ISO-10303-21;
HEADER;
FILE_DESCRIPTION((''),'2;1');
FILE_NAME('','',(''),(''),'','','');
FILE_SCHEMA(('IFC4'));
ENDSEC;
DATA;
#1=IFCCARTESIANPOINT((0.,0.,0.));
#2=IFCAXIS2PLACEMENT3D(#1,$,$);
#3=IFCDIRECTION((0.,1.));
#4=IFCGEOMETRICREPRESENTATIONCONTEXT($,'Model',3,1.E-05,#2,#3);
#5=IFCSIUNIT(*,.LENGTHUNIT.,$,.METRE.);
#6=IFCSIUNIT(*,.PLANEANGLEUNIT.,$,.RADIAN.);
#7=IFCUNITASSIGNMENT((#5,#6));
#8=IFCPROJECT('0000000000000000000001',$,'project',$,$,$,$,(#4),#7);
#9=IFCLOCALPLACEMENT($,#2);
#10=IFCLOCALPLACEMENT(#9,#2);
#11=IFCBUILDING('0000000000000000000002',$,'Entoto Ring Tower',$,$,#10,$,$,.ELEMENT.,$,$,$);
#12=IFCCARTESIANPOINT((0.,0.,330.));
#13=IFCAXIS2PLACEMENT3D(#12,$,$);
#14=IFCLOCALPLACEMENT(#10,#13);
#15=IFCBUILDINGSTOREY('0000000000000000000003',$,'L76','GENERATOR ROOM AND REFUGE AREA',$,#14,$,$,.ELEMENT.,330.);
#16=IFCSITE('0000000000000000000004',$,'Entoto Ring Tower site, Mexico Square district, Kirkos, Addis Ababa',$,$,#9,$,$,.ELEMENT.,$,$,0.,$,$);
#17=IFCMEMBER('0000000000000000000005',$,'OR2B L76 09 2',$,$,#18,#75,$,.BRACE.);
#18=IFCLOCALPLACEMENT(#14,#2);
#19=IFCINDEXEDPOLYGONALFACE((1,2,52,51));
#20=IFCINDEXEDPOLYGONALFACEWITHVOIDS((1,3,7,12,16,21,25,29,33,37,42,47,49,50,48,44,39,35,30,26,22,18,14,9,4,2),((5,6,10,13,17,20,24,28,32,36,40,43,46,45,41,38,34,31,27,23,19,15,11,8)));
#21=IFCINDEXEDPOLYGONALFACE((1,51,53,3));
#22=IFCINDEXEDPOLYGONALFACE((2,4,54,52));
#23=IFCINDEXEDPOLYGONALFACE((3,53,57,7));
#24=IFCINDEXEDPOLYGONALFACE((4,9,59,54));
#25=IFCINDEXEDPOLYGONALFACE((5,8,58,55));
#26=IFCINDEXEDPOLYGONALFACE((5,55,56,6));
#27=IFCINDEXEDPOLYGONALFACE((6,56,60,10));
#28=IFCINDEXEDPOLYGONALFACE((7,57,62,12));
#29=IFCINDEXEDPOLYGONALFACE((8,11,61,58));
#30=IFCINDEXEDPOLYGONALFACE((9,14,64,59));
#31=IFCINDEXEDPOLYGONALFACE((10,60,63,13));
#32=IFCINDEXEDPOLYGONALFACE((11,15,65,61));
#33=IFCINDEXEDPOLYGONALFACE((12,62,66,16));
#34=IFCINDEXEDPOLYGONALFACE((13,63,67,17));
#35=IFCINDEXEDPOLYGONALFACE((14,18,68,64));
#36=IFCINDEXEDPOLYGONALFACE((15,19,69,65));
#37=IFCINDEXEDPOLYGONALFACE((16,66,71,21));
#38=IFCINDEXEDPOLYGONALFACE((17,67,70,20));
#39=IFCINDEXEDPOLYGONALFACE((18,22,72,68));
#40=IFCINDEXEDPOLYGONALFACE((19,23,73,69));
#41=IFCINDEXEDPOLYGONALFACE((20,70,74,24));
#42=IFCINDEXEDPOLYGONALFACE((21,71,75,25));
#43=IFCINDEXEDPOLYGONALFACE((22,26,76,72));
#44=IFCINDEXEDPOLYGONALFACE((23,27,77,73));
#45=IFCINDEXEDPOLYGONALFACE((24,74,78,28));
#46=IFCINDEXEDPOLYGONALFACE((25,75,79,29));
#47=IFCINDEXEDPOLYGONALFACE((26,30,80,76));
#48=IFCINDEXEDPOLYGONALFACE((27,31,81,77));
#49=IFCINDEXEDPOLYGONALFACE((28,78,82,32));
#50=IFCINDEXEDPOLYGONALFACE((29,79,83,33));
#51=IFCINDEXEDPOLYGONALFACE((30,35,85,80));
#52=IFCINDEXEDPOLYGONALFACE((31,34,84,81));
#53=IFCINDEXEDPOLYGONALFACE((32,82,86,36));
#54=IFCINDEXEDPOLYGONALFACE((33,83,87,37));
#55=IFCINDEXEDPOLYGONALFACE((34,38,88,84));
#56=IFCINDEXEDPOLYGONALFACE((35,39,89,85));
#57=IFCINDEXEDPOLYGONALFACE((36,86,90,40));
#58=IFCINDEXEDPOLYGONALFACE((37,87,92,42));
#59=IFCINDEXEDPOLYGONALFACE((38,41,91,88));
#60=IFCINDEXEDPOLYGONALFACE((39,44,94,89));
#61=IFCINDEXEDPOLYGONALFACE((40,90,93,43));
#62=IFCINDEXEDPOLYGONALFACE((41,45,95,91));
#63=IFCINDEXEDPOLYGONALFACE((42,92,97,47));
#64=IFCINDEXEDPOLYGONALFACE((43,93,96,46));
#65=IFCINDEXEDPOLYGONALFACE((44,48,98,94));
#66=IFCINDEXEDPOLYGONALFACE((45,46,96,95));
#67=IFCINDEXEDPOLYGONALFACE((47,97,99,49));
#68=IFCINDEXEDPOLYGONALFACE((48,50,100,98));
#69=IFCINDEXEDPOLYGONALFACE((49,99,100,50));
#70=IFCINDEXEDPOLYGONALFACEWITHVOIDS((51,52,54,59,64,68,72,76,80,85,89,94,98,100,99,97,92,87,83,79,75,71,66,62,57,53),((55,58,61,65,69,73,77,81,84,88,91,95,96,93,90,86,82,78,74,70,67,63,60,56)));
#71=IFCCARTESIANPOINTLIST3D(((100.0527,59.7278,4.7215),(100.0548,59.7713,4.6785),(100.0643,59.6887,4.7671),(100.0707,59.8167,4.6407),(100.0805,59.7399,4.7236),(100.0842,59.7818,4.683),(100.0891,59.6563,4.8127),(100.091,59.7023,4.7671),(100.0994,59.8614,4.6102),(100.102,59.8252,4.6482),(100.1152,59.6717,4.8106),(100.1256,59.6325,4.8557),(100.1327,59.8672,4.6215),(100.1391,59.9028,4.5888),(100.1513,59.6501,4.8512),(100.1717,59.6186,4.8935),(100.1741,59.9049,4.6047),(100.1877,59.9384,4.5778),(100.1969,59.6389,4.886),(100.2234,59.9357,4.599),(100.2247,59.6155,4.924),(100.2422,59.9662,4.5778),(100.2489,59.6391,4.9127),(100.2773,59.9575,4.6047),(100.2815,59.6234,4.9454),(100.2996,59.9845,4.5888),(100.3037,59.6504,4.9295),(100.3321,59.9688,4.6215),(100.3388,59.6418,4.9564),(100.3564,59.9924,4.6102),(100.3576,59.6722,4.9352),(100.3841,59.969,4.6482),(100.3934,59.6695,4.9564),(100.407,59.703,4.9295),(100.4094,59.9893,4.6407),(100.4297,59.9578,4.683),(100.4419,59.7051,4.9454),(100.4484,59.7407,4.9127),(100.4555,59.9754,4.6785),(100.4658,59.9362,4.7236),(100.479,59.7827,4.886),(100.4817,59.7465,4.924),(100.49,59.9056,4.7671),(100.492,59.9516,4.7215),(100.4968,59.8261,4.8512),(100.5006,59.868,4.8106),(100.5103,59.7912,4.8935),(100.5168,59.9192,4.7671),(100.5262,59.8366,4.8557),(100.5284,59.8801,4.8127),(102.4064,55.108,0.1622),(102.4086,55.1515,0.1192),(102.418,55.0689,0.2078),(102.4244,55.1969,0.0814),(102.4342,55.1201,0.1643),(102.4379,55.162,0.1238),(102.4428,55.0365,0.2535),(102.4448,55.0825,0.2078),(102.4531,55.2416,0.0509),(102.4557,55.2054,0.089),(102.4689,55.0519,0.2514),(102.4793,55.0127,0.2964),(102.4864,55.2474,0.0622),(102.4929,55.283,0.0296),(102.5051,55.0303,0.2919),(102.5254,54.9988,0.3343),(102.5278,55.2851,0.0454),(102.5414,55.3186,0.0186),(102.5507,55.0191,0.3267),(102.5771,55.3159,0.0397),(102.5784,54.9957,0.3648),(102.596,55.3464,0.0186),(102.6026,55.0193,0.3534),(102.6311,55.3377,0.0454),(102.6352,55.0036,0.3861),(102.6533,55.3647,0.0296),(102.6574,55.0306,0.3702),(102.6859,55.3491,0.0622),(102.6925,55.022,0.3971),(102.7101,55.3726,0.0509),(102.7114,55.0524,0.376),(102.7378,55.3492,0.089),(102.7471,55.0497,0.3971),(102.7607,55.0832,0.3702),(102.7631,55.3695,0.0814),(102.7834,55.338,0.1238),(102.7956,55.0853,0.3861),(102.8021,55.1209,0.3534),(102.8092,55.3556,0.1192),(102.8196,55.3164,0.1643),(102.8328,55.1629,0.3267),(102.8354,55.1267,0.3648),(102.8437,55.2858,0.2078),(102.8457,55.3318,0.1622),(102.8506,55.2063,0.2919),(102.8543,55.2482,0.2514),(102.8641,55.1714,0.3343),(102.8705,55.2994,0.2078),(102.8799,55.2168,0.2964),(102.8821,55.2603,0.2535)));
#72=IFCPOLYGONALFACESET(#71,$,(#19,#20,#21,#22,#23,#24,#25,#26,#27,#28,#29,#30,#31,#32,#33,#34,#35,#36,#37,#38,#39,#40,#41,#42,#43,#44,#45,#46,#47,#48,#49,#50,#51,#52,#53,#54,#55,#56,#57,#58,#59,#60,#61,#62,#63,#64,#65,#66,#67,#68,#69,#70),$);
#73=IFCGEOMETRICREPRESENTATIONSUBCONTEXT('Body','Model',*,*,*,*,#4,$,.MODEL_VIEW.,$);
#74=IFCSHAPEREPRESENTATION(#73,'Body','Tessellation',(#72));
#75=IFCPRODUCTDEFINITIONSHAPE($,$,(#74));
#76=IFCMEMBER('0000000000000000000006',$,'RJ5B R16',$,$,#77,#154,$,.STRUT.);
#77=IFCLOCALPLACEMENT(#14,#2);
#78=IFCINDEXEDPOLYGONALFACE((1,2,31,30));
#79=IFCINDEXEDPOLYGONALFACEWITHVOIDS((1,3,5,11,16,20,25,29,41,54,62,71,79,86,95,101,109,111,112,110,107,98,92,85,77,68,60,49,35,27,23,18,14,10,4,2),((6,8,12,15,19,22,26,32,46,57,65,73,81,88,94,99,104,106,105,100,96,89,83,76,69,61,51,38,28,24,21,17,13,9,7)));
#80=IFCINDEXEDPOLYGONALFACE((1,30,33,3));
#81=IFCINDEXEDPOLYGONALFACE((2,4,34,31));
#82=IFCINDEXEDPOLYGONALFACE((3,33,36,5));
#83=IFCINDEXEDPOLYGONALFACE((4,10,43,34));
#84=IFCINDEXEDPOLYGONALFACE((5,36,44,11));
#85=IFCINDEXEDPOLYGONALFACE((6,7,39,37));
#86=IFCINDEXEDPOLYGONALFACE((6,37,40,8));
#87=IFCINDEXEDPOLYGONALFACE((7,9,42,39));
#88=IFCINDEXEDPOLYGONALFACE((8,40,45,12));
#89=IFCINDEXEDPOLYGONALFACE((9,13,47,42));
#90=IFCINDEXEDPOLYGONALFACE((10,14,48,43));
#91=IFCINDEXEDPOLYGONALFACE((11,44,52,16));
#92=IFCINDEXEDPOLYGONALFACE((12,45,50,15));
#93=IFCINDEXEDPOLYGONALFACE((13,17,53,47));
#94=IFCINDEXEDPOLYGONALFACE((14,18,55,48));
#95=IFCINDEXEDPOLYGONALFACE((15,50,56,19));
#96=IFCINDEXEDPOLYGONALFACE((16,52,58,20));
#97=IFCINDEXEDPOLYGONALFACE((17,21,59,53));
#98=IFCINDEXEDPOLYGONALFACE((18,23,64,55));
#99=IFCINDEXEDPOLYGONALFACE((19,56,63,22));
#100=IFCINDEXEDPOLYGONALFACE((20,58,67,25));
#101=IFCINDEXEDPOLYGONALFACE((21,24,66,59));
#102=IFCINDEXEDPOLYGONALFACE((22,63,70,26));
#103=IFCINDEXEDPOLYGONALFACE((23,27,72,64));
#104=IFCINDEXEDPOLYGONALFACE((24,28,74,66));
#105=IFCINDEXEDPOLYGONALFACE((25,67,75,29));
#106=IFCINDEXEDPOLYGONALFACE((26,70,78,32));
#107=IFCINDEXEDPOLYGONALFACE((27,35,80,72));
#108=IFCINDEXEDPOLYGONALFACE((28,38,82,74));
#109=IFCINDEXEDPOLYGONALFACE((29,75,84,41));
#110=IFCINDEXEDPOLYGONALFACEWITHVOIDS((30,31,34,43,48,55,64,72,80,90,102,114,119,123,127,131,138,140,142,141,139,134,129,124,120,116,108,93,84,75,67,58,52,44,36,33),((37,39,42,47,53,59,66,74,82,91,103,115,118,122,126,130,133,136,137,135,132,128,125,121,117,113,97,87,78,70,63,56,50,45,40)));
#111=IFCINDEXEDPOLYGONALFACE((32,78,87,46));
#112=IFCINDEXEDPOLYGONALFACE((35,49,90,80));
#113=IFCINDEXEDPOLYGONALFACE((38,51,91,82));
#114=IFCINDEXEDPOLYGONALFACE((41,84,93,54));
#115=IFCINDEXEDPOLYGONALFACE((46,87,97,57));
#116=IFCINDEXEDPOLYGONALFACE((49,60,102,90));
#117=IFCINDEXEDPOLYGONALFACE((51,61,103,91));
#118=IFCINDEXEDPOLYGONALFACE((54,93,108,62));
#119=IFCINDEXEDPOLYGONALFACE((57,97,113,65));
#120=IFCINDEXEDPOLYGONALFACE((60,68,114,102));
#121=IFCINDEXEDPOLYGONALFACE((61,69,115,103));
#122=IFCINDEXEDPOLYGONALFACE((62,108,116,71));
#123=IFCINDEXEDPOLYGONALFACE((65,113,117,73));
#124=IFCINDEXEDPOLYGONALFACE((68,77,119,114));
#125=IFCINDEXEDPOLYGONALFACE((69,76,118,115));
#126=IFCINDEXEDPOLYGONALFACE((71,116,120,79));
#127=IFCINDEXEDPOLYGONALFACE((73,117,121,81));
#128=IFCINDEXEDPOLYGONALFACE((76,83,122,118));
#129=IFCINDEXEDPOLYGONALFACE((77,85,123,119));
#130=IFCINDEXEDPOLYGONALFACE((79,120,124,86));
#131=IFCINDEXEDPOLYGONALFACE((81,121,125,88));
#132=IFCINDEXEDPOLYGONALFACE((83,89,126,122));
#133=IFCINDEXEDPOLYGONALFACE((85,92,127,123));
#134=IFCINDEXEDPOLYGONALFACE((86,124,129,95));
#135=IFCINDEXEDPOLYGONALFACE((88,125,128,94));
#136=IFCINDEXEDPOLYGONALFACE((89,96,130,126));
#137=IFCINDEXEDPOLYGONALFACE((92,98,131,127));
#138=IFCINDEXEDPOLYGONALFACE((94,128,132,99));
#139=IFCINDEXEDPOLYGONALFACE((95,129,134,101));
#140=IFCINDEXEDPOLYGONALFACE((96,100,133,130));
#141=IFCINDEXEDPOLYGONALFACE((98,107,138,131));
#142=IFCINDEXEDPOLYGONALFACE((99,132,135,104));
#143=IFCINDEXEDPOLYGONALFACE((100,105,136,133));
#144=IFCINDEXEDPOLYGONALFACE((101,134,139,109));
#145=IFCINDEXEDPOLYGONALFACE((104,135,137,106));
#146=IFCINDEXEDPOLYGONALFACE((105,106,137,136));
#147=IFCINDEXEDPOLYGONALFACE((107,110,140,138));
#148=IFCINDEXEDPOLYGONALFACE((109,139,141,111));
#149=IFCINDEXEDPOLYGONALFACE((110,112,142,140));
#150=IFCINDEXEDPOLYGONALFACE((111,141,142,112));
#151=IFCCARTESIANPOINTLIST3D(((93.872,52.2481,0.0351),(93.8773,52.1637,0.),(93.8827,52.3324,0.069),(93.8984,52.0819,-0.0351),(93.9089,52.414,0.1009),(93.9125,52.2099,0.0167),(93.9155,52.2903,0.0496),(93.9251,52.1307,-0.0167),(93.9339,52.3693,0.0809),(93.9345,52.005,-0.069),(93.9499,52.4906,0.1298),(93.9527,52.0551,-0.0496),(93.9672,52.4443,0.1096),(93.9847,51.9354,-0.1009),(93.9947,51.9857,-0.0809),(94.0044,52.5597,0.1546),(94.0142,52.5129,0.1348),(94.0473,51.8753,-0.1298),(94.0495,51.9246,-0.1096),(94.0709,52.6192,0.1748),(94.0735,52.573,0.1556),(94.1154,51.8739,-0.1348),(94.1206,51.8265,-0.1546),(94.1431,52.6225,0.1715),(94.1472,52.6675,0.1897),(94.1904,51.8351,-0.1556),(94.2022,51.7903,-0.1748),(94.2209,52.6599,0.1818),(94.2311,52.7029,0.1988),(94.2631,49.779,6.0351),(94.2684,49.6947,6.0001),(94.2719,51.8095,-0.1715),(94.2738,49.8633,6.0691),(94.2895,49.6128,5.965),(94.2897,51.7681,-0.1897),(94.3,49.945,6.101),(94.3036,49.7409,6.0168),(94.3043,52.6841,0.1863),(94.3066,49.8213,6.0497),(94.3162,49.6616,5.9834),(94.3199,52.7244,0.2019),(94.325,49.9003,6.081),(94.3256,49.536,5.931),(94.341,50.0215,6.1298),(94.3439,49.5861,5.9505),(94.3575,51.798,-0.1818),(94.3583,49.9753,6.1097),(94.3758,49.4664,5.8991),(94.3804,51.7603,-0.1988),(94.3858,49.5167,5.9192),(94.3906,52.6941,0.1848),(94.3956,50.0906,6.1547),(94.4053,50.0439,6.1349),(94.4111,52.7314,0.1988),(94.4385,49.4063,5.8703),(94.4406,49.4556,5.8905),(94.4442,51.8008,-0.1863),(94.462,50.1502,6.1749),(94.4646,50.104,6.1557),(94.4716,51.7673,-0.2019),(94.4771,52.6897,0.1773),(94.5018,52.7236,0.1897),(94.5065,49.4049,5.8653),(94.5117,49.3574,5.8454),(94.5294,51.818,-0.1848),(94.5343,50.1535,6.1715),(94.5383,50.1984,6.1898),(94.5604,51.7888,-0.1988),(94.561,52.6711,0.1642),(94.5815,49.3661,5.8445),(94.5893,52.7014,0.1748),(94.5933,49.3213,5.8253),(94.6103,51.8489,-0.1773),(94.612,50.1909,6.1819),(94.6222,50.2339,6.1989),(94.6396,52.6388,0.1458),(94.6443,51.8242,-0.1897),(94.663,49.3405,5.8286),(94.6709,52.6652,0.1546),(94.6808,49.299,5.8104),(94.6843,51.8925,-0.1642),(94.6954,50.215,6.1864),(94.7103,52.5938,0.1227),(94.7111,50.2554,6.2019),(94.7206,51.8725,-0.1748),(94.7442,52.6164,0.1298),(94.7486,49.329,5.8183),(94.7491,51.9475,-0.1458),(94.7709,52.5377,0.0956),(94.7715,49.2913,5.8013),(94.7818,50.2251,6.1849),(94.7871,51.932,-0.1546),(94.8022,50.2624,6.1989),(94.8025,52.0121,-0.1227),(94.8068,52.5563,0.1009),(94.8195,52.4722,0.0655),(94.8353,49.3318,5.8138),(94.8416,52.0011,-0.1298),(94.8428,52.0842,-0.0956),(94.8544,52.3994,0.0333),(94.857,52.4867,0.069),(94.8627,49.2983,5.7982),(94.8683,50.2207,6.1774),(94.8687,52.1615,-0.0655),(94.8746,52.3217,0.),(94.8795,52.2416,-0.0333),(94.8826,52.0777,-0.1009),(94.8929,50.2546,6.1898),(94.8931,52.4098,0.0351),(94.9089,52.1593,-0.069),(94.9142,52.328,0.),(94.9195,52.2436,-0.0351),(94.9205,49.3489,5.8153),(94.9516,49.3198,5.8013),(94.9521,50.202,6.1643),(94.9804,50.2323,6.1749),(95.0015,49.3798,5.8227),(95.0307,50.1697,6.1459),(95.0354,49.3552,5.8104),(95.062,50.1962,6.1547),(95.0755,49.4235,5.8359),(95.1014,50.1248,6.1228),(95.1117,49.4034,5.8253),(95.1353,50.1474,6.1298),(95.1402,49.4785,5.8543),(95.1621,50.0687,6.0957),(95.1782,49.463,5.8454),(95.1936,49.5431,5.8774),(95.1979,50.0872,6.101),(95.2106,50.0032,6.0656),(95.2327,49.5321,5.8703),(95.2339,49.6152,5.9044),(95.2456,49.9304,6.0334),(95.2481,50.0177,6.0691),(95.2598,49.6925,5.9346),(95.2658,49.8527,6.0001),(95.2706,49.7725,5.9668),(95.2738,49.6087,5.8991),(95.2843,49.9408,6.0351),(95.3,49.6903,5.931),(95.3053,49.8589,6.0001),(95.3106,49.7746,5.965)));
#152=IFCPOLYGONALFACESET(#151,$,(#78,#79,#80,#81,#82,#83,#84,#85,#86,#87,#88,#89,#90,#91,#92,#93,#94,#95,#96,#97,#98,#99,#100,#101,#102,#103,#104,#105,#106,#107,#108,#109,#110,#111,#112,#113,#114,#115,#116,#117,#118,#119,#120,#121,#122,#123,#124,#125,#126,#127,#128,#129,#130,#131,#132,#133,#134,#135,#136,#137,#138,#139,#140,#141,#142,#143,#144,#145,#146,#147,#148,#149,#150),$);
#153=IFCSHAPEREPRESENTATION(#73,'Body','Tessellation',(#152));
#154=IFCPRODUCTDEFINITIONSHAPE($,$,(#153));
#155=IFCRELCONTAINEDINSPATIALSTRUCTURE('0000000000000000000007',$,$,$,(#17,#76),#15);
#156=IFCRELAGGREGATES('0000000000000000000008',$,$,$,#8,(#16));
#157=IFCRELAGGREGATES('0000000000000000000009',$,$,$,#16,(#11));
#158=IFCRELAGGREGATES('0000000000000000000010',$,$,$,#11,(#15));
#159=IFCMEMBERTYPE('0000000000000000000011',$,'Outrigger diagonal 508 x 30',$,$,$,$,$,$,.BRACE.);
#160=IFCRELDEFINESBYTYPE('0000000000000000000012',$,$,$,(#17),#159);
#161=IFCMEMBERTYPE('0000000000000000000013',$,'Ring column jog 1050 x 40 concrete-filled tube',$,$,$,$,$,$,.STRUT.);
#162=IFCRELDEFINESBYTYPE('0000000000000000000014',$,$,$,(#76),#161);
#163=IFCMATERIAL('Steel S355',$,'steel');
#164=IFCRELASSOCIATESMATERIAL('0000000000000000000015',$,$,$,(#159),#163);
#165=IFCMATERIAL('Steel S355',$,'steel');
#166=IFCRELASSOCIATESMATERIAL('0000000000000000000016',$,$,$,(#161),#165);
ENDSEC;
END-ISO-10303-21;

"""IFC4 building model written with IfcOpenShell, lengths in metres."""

from ifc_helpers import new_model, si_unit, direction, frame, origin, origin_2d, place, context, subcontext, project, spatial, circle, hollow_circle, extrude, material, material_profile, profile_set, type_object, element, save


model = new_model("IFC4")

# Units and contexts
model_context = context("Model", 3, precision=1e-05, world=origin(), true_north=direction((0.0, 1.0)))
body_context = subcontext(model_context, "Body", "Model", "MODEL_VIEW")
ifc_project = project(units=[si_unit("LENGTHUNIT", "METRE"), si_unit("PLANEANGLEUNIT", "RADIAN")], contexts=[model_context])

# Site, building, storey
site_placement = place(None, origin())
site = spatial("IfcSite", under=ifc_project, at=site_placement, Name="Entoto Ring Tower site, Mexico Square district, Kirkos, Addis Ababa", CompositionType="ELEMENT", RefElevation=0.0)
building_placement = place(site_placement, origin())
building = spatial("IfcBuilding", under=site, at=building_placement, Name="Entoto Ring Tower", CompositionType="ELEMENT")
storey_placement = place(building_placement, frame((0.0, 0.0, 330.0)))
storey = spatial("IfcBuildingStorey", under=building, at=storey_placement, Name="L76", Description="GENERATOR ROOM AND REFUGE AREA", CompositionType="ELEMENT", Elevation=330.0)

# Members
ifc_material_1 = material(Name="Steel S355", Category="steel")
ifc_material_profile_1 = material_profile(ifc_material_1, hollow_circle(Radius=0.2539, WallThickness=0.03, at=origin_2d()), Name="CHS 508 x 30")
ifc_material_2 = material(Name="Concrete C60/75", Category="concrete")
ifc_material_profile_2 = material_profile(ifc_material_2, circle(Radius=0.2241, at=origin_2d()), Name="Concrete C60/75 infill")
ifc_profile_set_1 = profile_set([ifc_material_profile_1, ifc_material_profile_2], Name="Steel S355")
member_type_1 = type_object("IfcMemberType", Name="Outrigger diagonal 508 x 30", PredefinedType="BRACE", material=ifc_profile_set_1)
member_1_placement = place(storey_placement, frame((100.2905, 59.804, 4.7671), z_axis=(0.340907, -0.669119, -0.66035), x_axis=(0.891021, 0.453962, 0.0)))
element("IfcMember", 1, at=member_1_placement, inside=storey, type_object=member_type_1, Name="OR2B L76 09 2", PredefinedType="BRACE", context=body_context, shape_type="SweptSolid", body=[
    extrude(hollow_circle(Radius=0.2539, WallThickness=0.03, at=origin_2d()), origin(), (0.0, 0.0, 1.0), 6.9043),
])
ifc_material_3 = material(Name="Steel S355", Category="steel")
ifc_material_profile_3 = material_profile(ifc_material_3, hollow_circle(Radius=0.5249, WallThickness=0.04, at=origin_2d()), Name="CHS 1050 x 40")
ifc_material_4 = material(Name="Concrete C60/75", Category="concrete")
ifc_material_profile_4 = material_profile(ifc_material_4, circle(Radius=0.4851, at=origin_2d()), Name="Concrete C60/75 infill")
ifc_profile_set_2 = profile_set([ifc_material_profile_3, ifc_material_profile_4], Name="Steel S355")
member_type_2 = type_object("IfcMemberType", Name="Ring column jog 1050 x 40 concrete-filled tube", PredefinedType="STRUT", material=ifc_profile_set_2)
for number, where, z_axis, x_axis, name in (
    (2, (94.3958, 52.2458, 0.0), (0.060172, -0.37985, 0.923089), (0.987684, 0.156459, 0.0), "RJ5B R16"),
):
    element("IfcMember", number, at=place(storey_placement, frame(where, z_axis=z_axis, x_axis=x_axis)), inside=storey, type_object=member_type_2, Name=name, PredefinedType="STRUT", context=body_context, shape_type="SweptSolid", body=[
        extrude(hollow_circle(Radius=0.5249, WallThickness=0.04, at=origin_2d()), origin(), (0.0, 0.0, 1.0), 6.5),
    ])

save(model, "model.ifc")
